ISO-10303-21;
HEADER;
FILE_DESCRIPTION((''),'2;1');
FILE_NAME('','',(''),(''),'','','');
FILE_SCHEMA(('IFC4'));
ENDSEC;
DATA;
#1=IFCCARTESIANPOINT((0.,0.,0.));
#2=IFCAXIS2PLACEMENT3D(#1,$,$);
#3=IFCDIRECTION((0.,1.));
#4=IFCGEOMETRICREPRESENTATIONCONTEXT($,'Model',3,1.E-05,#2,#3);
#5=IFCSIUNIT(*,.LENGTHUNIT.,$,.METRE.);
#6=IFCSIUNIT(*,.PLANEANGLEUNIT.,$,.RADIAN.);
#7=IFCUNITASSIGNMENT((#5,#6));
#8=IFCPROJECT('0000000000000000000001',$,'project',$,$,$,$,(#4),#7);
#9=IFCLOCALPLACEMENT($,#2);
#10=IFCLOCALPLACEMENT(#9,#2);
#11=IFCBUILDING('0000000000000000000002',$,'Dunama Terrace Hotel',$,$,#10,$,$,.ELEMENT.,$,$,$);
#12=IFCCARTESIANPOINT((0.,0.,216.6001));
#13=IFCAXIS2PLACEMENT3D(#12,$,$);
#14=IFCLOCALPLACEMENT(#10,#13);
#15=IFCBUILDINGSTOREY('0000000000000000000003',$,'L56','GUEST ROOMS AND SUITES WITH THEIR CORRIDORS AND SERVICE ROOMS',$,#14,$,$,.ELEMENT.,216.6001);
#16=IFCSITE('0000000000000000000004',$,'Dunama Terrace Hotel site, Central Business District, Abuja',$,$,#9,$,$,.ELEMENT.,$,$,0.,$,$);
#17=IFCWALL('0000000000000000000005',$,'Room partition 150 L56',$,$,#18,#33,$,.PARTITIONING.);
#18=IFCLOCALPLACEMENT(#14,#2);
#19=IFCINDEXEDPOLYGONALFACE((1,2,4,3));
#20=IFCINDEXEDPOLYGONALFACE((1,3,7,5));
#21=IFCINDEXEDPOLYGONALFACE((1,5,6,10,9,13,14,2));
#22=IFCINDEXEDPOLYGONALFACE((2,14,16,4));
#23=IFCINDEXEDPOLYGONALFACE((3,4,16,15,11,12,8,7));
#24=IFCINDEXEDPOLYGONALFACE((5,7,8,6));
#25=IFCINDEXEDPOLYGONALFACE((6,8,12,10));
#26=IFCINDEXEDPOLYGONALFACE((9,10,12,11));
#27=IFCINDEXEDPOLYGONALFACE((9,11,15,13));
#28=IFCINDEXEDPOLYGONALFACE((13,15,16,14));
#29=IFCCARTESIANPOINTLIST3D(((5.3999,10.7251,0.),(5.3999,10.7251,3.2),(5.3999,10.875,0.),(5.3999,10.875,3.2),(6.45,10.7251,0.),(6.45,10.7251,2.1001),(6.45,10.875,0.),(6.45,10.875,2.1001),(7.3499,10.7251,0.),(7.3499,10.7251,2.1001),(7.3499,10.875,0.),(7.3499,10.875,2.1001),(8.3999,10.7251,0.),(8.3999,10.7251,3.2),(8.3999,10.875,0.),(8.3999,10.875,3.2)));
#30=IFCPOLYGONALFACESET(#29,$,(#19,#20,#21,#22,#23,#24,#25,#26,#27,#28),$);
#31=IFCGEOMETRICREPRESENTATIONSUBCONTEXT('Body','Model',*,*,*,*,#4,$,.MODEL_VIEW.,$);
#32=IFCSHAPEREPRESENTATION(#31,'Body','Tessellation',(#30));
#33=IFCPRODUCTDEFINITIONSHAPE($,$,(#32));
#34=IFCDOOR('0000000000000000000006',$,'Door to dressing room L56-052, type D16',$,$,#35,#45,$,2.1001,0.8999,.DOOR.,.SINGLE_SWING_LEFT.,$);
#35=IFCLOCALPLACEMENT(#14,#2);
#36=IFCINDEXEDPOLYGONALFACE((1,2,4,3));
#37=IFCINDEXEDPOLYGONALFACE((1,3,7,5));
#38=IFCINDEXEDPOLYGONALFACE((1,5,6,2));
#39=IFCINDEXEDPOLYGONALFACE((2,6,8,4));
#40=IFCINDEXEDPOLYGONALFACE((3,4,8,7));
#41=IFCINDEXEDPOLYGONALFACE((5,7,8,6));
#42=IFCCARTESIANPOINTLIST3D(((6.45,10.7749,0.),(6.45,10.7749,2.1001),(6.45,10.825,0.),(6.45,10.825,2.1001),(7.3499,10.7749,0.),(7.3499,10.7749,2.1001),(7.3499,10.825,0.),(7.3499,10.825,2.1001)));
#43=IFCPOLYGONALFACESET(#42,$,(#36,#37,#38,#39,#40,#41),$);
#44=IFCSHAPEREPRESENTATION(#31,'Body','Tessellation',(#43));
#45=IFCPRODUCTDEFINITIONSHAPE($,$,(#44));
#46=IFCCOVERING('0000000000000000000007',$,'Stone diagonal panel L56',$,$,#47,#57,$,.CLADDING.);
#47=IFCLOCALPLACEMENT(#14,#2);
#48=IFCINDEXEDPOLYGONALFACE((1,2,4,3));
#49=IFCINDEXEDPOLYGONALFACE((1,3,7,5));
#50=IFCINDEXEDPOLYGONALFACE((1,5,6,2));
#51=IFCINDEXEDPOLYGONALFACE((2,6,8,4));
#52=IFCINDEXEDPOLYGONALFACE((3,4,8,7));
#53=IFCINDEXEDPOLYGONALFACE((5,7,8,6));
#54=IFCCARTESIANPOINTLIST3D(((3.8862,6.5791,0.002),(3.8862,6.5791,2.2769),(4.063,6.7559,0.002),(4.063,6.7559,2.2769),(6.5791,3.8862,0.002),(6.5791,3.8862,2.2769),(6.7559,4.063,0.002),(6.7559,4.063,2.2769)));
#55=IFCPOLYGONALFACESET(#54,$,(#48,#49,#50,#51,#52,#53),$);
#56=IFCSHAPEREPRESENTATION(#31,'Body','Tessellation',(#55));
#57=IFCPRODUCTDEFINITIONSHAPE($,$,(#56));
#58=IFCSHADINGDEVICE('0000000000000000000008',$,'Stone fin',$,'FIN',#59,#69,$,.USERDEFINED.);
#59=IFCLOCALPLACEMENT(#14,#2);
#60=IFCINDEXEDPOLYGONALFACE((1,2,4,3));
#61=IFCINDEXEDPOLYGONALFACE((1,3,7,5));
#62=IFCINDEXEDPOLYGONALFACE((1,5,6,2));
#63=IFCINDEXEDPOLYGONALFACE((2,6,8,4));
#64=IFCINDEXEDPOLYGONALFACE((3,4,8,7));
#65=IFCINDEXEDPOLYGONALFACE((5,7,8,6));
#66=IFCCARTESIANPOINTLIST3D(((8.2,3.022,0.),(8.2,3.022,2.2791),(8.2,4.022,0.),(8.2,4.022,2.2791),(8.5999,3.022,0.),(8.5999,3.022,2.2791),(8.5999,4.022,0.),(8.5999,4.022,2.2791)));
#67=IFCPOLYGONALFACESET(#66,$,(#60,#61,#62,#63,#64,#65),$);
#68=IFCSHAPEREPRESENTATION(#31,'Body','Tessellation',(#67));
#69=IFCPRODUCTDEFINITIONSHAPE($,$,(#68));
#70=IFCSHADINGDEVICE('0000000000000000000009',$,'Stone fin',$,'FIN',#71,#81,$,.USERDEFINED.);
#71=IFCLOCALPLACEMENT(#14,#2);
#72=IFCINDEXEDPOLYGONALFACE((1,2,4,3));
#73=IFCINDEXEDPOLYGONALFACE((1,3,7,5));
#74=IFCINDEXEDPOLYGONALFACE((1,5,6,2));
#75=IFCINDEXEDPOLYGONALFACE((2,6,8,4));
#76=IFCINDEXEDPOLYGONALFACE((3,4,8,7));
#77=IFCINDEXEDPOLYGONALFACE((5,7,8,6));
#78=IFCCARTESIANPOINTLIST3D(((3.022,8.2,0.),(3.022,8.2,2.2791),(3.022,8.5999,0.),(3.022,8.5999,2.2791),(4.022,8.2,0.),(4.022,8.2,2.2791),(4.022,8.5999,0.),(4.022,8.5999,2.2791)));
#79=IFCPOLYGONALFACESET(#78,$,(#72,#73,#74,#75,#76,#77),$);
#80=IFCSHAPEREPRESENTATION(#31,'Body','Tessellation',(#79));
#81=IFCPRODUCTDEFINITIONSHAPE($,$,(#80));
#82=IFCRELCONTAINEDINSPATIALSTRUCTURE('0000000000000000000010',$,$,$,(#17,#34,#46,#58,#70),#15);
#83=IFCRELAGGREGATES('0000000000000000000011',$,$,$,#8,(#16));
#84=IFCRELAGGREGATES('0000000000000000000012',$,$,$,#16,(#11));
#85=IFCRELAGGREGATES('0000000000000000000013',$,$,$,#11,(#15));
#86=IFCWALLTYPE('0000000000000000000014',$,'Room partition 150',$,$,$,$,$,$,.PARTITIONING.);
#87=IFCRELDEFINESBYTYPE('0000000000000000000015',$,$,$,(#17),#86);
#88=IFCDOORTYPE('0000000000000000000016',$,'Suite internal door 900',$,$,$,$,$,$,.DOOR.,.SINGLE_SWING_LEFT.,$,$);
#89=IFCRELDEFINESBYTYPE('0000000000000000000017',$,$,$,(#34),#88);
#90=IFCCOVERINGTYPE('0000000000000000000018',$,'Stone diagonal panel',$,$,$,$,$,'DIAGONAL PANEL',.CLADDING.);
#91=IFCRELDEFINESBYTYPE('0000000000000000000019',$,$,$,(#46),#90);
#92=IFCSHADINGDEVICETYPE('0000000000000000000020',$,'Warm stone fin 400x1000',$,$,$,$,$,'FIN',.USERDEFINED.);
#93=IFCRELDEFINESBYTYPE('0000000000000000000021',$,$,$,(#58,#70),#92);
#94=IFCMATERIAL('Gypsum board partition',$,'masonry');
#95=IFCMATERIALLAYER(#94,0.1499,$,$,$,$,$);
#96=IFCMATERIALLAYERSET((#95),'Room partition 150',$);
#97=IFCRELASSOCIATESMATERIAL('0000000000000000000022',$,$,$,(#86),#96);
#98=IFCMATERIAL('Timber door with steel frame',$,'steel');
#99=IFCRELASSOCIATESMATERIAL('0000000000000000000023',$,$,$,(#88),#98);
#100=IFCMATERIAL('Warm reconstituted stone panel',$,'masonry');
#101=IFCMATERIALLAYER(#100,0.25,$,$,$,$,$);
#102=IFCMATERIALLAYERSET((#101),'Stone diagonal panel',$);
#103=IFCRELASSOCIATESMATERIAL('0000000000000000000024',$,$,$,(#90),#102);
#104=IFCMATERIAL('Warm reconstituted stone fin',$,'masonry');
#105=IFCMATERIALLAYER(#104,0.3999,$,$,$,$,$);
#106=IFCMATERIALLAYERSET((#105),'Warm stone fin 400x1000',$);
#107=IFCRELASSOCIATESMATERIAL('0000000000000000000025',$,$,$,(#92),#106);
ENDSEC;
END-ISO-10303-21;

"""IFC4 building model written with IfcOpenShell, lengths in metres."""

from ifc_helpers import new_model, si_unit, direction, frame, frame_2d, origin, origin_2d, place, context, subcontext, project, spatial, rectangle, extrude, material, layer, layer_set, type_object, element, fill, save


model = new_model("IFC4")

# Units and contexts
model_context = context("Model", 3, precision=1e-05, world=origin(), true_north=direction((0.0, 1.0)))
body_context = subcontext(model_context, "Body", "Model", "MODEL_VIEW")
ifc_project = project(units=[si_unit("LENGTHUNIT", "METRE"), si_unit("PLANEANGLEUNIT", "RADIAN")], contexts=[model_context])

# Site, building, storey
site_placement = place(None, origin())
site = spatial("IfcSite", under=ifc_project, at=site_placement, Name="Dunama Terrace Hotel site, Central Business District, Abuja", CompositionType="ELEMENT", RefElevation=0.0)
building_placement = place(site_placement, origin())
building = spatial("IfcBuilding", under=site, at=building_placement, Name="Dunama Terrace Hotel", CompositionType="ELEMENT")
storey_placement = place(building_placement, frame((0.0, 0.0, 216.6001)))
storey = spatial("IfcBuildingStorey", under=building, at=storey_placement, Name="L56", Description="GUEST ROOMS AND SUITES WITH THEIR CORRIDORS AND SERVICE ROOMS", CompositionType="ELEMENT", Elevation=216.6001)

# Shared definitions
ifc_material_1 = material(Name="Gypsum board partition", Category="masonry")
ifc_layer_1 = layer(ifc_material_1, 0.1499)
ifc_layer_set_1 = layer_set([ifc_layer_1], Name="Room partition 150")
wall_type = type_object("IfcWallType", Name="Room partition 150", PredefinedType="PARTITIONING", material=ifc_layer_set_1)

# Wall, opening, door
ifc_material_2 = material(Name="Timber door with steel frame", Category="steel")
door_type = type_object("IfcDoorType", Name="Suite internal door 900", OperationType="SINGLE_SWING_LEFT", PredefinedType="DOOR", material=ifc_material_2)
wall_1_placement = place(storey_placement, frame((5.3999, 10.8, 0.0), z_axis=(0.0, 0.0, 1.0), x_axis=(1.0, 0.0, 0.0)))
wall_1 = element("IfcWall", 1, at=wall_1_placement, inside=storey, type_object=wall_type, Name="Room partition 150 L56", PredefinedType="PARTITIONING", context=body_context, shape_type="SweptSolid", body=[
    extrude(rectangle(XDim=3.0, YDim=0.1499, at=frame_2d((1.5, 0.0))), origin(), (0.0, 0.0, 1.0), 3.2),
])
opening_1_placement = place(wall_1_placement, frame((1.05, 0.0, 0.0)))
opening_1 = element("IfcOpeningElement", 2, at=opening_1_placement, cuts=wall_1, PredefinedType="OPENING", context=body_context, shape_type="SweptSolid", body=[
    extrude(rectangle(XDim=0.8999, YDim=2.1001, at=frame_2d((0.45, 1.05))), frame((0.0, 0.085, 0.0), z_axis=(0.0, -1.0, 0.0), x_axis=(1.0, 0.0, 0.0)), (0.0, 0.0, 1.0), 0.1699),
])
door_1_placement = place(opening_1_placement, origin())
door_1 = element("IfcDoor", 3, at=door_1_placement, inside=storey, type_object=door_type, Name="Door to dressing room L56-052, type D16", OperationType="SINGLE_SWING_LEFT", OverallHeight=2.1001, OverallWidth=0.8999, PredefinedType="DOOR", context=body_context, shape_type="SweptSolid", body=[
    extrude(rectangle(XDim=0.8999, YDim=2.1001, at=frame_2d((0.45, 1.05))), frame((0.0, 0.0249, 0.0), z_axis=(0.0, -1.0, 0.0), x_axis=(1.0, 0.0, 0.0)), (0.0, 0.0, 1.0), 0.05),
])
fill(opening_1, door_1)

# Covering
ifc_material_3 = material(Name="Warm reconstituted stone panel", Category="masonry")
ifc_layer_2 = layer(ifc_material_3, 0.25)
ifc_layer_set_2 = layer_set([ifc_layer_2], Name="Stone diagonal panel")
covering_type = type_object("IfcCoveringType", Name="Stone diagonal panel", ElementType="DIAGONAL PANEL", PredefinedType="CLADDING", material=ifc_layer_set_2)
covering_placement = place(storey_placement, frame((5.321, 5.321, 0.002), z_axis=(0.0, 0.0, 1.0), x_axis=(0.707107, -0.707107, 0.0)))
element("IfcCovering", 4, at=covering_placement, inside=storey, type_object=covering_type, Name="Stone diagonal panel L56", PredefinedType="CLADDING", context=body_context, shape_type="SweptSolid", body=[
    extrude(rectangle(XDim=3.8083, YDim=0.25, at=origin_2d()), origin(), (0.0, 0.0, 1.0), 2.2749),
])

# Shading devices
ifc_material_4 = material(Name="Warm reconstituted stone fin", Category="masonry")
ifc_layer_3 = layer(ifc_material_4, 0.3999)
ifc_layer_set_3 = layer_set([ifc_layer_3], Name="Warm stone fin 400x1000")
shading_device_type = type_object("IfcShadingDeviceType", Name="Warm stone fin 400x1000", ElementType="FIN", PredefinedType="USERDEFINED", material=ifc_layer_set_3)
for number, where, z_axis, x_axis, name in (
    (5, (8.3999, 3.522, 0.0), (0.0, 0.0, 1.0), (1.0, 0.0, 0.0), "Stone fin"),
    (6, (3.522, 8.3999, 0.0), (0.0, 0.0, 1.0), (0.0, -1.0, 0.0), "Stone fin"),
):
    element("IfcShadingDevice", number, at=place(storey_placement, frame(where, z_axis=z_axis, x_axis=x_axis)), inside=storey, type_object=shading_device_type, Name=name, ObjectType="FIN", PredefinedType="USERDEFINED", context=body_context, shape_type="SweptSolid", body=[
        extrude(rectangle(XDim=0.3999, YDim=1.0, at=origin_2d()), origin(), (0.0, 0.0, 1.0), 2.2791),
    ])

save(model, "model.ifc")
